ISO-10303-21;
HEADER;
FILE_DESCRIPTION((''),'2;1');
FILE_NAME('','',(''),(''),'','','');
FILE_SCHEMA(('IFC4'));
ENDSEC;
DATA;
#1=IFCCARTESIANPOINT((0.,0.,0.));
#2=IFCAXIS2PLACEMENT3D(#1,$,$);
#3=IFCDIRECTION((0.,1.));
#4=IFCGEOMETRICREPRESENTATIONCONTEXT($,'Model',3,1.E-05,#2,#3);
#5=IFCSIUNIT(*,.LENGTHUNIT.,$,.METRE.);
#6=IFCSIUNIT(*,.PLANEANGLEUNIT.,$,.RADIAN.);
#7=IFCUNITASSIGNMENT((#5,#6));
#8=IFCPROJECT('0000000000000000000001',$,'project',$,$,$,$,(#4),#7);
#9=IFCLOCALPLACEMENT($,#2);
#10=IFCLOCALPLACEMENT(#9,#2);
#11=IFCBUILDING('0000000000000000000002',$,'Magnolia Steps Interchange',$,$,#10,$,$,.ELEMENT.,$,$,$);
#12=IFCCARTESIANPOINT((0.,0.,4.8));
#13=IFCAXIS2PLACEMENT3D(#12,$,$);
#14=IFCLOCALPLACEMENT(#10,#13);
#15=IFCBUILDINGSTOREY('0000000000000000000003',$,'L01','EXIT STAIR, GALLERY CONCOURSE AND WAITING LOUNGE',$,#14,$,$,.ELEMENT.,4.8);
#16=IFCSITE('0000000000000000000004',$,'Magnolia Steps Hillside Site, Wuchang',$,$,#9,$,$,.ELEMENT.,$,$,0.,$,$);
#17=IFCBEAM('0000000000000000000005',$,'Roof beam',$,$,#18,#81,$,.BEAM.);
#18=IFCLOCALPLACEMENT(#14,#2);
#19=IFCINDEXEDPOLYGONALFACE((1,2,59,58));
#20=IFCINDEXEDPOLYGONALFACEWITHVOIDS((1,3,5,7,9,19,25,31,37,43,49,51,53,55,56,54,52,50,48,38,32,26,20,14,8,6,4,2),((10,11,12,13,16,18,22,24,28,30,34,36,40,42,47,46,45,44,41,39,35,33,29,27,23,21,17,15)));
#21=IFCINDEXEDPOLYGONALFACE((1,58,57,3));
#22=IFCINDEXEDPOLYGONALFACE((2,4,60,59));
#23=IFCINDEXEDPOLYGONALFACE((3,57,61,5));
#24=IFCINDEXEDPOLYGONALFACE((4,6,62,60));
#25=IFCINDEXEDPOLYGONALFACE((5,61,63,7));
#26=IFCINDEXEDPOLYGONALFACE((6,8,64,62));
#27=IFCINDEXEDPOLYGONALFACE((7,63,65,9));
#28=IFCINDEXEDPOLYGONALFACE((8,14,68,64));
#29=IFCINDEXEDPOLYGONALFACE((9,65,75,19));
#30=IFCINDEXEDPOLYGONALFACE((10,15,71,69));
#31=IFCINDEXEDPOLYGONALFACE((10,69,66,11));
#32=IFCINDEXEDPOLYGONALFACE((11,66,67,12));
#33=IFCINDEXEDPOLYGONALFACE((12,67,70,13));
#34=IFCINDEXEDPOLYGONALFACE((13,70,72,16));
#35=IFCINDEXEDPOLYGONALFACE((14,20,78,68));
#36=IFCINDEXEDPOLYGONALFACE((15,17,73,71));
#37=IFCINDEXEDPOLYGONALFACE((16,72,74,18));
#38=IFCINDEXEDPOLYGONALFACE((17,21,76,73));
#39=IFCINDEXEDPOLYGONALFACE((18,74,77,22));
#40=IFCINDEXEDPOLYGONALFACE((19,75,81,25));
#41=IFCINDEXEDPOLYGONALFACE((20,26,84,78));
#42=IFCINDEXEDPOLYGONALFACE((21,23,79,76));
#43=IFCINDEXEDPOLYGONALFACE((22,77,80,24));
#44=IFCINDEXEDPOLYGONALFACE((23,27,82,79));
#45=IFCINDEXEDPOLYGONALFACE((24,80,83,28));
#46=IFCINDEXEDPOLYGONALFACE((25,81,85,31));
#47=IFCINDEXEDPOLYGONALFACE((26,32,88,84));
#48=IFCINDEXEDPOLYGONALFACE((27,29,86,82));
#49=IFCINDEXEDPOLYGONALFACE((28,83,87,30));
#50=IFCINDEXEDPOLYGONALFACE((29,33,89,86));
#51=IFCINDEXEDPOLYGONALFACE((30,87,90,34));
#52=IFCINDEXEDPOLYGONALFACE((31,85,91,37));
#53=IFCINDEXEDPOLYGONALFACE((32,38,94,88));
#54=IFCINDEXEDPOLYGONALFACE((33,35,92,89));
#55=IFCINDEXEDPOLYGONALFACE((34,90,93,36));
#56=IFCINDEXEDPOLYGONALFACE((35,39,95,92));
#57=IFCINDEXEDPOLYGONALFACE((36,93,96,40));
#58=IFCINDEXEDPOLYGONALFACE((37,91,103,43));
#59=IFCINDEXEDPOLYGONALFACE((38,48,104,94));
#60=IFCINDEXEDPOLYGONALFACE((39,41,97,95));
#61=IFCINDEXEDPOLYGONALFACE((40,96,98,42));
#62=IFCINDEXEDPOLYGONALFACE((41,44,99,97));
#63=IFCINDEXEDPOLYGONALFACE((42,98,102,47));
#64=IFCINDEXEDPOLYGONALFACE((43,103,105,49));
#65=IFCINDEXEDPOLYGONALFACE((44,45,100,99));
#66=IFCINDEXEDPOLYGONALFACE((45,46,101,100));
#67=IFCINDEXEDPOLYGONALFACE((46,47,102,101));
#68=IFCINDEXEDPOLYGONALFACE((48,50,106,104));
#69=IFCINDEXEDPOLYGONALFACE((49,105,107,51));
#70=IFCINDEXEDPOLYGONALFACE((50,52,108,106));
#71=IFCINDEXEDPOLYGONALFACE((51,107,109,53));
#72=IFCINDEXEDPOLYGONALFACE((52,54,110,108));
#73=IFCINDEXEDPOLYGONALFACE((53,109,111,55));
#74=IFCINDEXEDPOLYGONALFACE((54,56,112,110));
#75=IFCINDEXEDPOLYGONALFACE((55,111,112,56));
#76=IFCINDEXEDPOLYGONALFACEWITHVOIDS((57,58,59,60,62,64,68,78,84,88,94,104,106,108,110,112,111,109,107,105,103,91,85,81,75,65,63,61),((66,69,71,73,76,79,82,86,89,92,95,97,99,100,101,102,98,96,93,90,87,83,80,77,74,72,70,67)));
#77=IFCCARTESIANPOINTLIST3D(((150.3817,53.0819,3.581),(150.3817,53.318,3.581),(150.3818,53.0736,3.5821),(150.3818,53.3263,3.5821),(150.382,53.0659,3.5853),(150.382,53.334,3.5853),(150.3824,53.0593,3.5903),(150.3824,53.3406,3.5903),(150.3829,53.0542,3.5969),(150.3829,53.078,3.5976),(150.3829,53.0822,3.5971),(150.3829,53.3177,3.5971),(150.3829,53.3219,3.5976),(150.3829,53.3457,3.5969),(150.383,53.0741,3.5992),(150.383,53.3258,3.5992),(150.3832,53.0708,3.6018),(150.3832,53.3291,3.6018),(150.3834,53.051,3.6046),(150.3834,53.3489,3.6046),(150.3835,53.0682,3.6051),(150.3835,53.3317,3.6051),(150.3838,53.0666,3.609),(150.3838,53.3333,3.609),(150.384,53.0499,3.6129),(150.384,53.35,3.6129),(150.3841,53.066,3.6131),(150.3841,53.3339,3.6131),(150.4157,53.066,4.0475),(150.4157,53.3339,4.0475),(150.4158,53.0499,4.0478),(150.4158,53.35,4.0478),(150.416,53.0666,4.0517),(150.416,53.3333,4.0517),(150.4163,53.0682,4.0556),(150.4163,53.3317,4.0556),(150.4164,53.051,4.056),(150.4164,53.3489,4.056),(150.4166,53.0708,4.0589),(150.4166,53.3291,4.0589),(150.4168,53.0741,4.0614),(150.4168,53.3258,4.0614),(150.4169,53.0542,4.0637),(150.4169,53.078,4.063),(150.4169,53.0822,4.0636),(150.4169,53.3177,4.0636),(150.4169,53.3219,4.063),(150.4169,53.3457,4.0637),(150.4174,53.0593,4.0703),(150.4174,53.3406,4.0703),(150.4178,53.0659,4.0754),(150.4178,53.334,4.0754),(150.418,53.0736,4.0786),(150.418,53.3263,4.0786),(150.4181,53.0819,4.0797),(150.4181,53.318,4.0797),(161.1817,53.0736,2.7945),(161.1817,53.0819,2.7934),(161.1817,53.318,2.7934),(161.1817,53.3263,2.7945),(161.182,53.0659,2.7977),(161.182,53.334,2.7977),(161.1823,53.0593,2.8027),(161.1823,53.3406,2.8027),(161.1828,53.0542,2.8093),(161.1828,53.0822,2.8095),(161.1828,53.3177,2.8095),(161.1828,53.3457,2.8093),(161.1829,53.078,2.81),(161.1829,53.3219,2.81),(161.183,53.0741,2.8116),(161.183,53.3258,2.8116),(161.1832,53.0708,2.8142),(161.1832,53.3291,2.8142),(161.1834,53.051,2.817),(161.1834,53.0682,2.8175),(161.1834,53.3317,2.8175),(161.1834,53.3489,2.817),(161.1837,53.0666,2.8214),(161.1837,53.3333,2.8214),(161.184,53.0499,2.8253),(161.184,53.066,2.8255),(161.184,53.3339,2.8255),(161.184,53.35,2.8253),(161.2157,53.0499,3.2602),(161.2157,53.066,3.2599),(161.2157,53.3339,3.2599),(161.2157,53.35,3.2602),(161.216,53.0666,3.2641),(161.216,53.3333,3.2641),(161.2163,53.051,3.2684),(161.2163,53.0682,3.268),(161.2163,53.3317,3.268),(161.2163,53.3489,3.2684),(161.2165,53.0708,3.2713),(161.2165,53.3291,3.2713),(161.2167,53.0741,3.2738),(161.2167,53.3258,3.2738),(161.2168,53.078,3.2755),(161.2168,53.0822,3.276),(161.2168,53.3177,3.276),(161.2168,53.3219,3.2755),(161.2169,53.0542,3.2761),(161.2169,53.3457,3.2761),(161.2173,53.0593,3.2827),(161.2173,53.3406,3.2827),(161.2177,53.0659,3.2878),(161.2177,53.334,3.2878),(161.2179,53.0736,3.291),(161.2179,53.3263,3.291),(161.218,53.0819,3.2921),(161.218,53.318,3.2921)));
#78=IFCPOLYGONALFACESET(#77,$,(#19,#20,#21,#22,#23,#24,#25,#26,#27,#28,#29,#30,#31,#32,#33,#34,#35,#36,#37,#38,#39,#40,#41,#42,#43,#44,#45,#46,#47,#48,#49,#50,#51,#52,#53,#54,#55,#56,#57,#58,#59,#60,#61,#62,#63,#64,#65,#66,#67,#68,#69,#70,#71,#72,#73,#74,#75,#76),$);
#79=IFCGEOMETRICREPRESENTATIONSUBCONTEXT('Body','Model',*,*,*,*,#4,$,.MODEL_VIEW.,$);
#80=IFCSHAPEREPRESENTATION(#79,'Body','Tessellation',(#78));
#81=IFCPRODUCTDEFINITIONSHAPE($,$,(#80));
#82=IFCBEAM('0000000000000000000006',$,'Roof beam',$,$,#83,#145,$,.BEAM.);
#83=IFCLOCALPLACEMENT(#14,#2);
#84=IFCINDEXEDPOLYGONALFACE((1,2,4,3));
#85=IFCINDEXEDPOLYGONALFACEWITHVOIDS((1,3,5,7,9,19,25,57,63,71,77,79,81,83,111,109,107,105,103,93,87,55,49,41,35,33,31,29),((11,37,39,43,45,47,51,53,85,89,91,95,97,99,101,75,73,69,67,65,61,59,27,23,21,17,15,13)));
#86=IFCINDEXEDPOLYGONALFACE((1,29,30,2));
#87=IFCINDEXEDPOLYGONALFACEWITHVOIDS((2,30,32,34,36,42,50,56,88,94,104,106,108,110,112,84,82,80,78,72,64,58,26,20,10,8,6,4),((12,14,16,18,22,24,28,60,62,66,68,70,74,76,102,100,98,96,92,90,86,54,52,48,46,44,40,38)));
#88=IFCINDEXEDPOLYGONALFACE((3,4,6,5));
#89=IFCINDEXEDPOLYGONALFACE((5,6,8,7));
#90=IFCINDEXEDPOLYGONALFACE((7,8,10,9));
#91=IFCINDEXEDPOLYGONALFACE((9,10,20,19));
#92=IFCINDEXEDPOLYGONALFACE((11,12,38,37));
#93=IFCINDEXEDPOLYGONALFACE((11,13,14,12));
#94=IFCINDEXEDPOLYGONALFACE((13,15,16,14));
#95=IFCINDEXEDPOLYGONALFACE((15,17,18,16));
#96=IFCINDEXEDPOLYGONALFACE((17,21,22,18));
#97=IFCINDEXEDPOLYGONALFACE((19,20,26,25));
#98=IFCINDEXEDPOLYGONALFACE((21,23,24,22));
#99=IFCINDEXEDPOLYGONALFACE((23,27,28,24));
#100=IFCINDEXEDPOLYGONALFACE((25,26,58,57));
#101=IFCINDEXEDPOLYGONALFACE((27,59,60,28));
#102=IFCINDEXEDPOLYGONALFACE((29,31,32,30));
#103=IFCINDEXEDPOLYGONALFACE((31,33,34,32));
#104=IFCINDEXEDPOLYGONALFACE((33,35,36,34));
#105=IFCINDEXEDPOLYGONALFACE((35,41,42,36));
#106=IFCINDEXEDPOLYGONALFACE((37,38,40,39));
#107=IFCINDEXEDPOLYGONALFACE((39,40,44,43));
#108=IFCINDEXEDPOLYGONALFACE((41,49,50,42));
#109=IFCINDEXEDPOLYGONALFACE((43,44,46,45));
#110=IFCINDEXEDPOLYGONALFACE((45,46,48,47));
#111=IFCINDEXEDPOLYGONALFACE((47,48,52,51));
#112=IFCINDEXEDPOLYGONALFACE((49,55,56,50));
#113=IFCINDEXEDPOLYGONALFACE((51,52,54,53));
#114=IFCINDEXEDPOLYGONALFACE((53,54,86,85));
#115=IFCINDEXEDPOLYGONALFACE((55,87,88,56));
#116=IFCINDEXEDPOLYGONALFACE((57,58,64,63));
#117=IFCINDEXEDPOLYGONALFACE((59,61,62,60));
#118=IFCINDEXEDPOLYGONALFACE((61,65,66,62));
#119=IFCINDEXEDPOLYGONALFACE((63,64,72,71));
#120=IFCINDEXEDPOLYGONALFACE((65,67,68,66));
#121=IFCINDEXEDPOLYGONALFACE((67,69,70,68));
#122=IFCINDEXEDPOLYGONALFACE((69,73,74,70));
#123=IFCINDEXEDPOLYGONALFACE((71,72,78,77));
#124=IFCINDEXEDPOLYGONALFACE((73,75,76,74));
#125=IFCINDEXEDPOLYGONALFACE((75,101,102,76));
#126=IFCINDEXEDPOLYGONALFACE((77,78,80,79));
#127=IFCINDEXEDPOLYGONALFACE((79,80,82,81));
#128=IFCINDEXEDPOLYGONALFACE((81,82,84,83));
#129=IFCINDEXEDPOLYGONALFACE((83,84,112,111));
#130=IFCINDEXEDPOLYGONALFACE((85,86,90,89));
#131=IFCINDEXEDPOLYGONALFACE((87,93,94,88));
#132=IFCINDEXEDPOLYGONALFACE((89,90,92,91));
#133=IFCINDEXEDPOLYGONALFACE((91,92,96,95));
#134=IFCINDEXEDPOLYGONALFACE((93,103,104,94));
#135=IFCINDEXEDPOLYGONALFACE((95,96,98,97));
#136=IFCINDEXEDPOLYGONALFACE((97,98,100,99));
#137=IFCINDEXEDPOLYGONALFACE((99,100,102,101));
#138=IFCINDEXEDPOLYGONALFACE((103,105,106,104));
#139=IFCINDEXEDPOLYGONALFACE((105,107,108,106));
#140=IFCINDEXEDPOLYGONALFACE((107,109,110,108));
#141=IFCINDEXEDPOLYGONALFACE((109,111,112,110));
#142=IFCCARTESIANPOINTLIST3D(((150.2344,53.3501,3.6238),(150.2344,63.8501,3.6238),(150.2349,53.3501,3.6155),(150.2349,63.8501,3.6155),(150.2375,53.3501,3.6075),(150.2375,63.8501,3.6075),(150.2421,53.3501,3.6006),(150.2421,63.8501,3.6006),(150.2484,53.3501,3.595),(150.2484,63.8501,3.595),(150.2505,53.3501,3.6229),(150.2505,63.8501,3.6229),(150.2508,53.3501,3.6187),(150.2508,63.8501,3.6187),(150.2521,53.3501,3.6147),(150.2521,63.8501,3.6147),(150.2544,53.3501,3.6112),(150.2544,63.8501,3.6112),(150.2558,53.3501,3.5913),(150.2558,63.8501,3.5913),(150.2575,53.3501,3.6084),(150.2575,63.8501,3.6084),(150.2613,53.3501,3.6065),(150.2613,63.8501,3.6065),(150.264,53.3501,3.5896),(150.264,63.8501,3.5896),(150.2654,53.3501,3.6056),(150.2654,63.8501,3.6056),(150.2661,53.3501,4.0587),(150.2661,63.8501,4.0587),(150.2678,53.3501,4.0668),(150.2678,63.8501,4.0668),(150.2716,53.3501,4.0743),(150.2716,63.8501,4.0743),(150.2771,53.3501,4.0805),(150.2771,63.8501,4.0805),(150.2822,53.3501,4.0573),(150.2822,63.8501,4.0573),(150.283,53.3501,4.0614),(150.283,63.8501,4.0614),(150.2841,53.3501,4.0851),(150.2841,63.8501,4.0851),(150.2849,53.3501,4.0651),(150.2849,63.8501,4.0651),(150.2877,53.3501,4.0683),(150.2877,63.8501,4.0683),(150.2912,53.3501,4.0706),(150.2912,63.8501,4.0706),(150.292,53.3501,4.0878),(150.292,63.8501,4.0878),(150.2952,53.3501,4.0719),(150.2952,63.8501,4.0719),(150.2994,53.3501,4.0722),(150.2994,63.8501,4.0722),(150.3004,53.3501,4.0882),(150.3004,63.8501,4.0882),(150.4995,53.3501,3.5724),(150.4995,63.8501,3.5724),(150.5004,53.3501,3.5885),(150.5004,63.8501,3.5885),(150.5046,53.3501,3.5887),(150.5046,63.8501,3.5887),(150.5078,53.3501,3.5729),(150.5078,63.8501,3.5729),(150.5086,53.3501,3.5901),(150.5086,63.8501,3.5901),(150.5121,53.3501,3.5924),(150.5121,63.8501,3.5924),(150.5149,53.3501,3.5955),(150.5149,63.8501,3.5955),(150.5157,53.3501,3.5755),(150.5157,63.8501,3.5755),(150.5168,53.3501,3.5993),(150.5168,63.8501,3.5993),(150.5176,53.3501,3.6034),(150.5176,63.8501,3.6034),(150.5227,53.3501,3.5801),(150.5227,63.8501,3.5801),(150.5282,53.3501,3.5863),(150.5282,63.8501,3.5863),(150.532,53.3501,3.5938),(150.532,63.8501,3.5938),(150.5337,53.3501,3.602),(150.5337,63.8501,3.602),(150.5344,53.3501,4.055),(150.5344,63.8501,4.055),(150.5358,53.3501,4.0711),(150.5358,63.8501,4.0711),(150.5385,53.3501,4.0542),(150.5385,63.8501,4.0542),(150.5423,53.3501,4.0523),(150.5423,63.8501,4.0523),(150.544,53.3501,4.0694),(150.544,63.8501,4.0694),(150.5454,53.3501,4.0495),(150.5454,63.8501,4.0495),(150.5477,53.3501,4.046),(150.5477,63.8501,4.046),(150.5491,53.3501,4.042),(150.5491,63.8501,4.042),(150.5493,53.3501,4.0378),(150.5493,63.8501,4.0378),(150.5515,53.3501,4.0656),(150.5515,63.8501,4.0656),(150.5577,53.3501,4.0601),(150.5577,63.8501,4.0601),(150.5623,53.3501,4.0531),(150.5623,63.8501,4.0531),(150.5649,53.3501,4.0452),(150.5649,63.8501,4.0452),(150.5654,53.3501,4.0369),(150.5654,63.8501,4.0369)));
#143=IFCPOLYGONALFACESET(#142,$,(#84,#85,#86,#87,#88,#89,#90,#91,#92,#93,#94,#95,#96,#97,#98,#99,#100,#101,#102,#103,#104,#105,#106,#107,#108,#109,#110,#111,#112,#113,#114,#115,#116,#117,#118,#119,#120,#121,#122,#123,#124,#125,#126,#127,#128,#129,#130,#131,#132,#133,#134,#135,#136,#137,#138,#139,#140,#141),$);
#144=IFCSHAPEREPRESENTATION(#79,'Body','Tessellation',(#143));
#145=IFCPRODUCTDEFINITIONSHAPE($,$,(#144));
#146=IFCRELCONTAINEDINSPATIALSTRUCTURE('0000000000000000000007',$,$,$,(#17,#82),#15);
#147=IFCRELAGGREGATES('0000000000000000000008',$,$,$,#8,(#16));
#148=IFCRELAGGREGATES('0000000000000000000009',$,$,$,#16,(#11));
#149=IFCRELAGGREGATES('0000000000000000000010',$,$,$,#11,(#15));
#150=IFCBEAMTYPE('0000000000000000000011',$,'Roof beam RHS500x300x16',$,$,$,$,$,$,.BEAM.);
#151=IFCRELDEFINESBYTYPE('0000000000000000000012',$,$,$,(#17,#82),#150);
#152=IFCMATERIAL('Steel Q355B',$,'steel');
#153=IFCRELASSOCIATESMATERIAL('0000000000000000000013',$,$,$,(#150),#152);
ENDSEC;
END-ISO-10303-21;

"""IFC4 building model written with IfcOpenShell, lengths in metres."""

from ifc_helpers import new_model, si_unit, direction, frame, origin, origin_2d, place, context, subcontext, project, spatial, hollow_rectangle, extrude, material, material_profile, profile_set, type_object, element, save


model = new_model("IFC4")

# Units and contexts
model_context = context("Model", 3, precision=1e-05, world=origin(), true_north=direction((0.0, 1.0)))
body_context = subcontext(model_context, "Body", "Model", "MODEL_VIEW")
ifc_project = project(units=[si_unit("LENGTHUNIT", "METRE"), si_unit("PLANEANGLEUNIT", "RADIAN")], contexts=[model_context])

# Site, building, storey
site_placement = place(None, origin())
site = spatial("IfcSite", under=ifc_project, at=site_placement, Name="Magnolia Steps Hillside Site, Wuchang", CompositionType="ELEMENT", RefElevation=0.0)
building_placement = place(site_placement, origin())
building = spatial("IfcBuilding", under=site, at=building_placement, Name="Magnolia Steps Interchange", CompositionType="ELEMENT")
storey_placement = place(building_placement, frame((0.0, 0.0, 4.8)))
storey = spatial("IfcBuildingStorey", under=building, at=storey_placement, Name="L01", Description="EXIT STAIR, GALLERY CONCOURSE AND WAITING LOUNGE", CompositionType="ELEMENT", Elevation=4.8)

# Beams
ifc_material_1 = material(Name="Steel Q355B", Category="steel")
ifc_material_profile_1 = material_profile(ifc_material_1, hollow_rectangle(XDim=0.3, YDim=0.5, WallThickness=0.0161, InnerFilletRadius=0.0161, OuterFilletRadius=0.032, at=origin_2d()), Name="RHS500x300x16")
ifc_profile_set_1 = profile_set([ifc_material_profile_1], Name="Steel Q355B")
beam_type_1 = type_object("IfcBeamType", Name="Roof beam RHS500x300x16", PredefinedType="BEAM", material=ifc_profile_set_1)
beam_1_placement = place(storey_placement, frame((150.3999, 53.2, 3.8303), z_axis=(0.997352, 0.0, -0.072732), x_axis=(0.0, 1.0, 0.0)))
element("IfcBeam", 1, at=beam_1_placement, inside=storey, type_object=beam_type_1, Name="Roof beam", PredefinedType="BEAM", context=body_context, shape_type="SweptSolid", body=[
    extrude(hollow_rectangle(XDim=0.3, YDim=0.5, WallThickness=0.0161, InnerFilletRadius=0.0161, OuterFilletRadius=0.032, at=origin_2d()), origin(), (0.0, 0.0, 1.0), 10.8286),
])
beam_2_placement = place(storey_placement, frame((150.3999, 53.3501, 3.8303), z_axis=(0.0, 1.0, 0.0), x_axis=(-0.997352, 0.0, 0.072724)))
element("IfcBeam", 2, at=beam_2_placement, inside=storey, type_object=beam_type_1, Name="Roof beam", PredefinedType="BEAM", context=body_context, shape_type="SweptSolid", body=[
    extrude(hollow_rectangle(XDim=0.3, YDim=0.5, WallThickness=0.0161, InnerFilletRadius=0.0161, OuterFilletRadius=0.032, at=origin_2d()), origin(), (0.0, 0.0, 1.0), 10.5),
])

save(model, "model.ifc")
